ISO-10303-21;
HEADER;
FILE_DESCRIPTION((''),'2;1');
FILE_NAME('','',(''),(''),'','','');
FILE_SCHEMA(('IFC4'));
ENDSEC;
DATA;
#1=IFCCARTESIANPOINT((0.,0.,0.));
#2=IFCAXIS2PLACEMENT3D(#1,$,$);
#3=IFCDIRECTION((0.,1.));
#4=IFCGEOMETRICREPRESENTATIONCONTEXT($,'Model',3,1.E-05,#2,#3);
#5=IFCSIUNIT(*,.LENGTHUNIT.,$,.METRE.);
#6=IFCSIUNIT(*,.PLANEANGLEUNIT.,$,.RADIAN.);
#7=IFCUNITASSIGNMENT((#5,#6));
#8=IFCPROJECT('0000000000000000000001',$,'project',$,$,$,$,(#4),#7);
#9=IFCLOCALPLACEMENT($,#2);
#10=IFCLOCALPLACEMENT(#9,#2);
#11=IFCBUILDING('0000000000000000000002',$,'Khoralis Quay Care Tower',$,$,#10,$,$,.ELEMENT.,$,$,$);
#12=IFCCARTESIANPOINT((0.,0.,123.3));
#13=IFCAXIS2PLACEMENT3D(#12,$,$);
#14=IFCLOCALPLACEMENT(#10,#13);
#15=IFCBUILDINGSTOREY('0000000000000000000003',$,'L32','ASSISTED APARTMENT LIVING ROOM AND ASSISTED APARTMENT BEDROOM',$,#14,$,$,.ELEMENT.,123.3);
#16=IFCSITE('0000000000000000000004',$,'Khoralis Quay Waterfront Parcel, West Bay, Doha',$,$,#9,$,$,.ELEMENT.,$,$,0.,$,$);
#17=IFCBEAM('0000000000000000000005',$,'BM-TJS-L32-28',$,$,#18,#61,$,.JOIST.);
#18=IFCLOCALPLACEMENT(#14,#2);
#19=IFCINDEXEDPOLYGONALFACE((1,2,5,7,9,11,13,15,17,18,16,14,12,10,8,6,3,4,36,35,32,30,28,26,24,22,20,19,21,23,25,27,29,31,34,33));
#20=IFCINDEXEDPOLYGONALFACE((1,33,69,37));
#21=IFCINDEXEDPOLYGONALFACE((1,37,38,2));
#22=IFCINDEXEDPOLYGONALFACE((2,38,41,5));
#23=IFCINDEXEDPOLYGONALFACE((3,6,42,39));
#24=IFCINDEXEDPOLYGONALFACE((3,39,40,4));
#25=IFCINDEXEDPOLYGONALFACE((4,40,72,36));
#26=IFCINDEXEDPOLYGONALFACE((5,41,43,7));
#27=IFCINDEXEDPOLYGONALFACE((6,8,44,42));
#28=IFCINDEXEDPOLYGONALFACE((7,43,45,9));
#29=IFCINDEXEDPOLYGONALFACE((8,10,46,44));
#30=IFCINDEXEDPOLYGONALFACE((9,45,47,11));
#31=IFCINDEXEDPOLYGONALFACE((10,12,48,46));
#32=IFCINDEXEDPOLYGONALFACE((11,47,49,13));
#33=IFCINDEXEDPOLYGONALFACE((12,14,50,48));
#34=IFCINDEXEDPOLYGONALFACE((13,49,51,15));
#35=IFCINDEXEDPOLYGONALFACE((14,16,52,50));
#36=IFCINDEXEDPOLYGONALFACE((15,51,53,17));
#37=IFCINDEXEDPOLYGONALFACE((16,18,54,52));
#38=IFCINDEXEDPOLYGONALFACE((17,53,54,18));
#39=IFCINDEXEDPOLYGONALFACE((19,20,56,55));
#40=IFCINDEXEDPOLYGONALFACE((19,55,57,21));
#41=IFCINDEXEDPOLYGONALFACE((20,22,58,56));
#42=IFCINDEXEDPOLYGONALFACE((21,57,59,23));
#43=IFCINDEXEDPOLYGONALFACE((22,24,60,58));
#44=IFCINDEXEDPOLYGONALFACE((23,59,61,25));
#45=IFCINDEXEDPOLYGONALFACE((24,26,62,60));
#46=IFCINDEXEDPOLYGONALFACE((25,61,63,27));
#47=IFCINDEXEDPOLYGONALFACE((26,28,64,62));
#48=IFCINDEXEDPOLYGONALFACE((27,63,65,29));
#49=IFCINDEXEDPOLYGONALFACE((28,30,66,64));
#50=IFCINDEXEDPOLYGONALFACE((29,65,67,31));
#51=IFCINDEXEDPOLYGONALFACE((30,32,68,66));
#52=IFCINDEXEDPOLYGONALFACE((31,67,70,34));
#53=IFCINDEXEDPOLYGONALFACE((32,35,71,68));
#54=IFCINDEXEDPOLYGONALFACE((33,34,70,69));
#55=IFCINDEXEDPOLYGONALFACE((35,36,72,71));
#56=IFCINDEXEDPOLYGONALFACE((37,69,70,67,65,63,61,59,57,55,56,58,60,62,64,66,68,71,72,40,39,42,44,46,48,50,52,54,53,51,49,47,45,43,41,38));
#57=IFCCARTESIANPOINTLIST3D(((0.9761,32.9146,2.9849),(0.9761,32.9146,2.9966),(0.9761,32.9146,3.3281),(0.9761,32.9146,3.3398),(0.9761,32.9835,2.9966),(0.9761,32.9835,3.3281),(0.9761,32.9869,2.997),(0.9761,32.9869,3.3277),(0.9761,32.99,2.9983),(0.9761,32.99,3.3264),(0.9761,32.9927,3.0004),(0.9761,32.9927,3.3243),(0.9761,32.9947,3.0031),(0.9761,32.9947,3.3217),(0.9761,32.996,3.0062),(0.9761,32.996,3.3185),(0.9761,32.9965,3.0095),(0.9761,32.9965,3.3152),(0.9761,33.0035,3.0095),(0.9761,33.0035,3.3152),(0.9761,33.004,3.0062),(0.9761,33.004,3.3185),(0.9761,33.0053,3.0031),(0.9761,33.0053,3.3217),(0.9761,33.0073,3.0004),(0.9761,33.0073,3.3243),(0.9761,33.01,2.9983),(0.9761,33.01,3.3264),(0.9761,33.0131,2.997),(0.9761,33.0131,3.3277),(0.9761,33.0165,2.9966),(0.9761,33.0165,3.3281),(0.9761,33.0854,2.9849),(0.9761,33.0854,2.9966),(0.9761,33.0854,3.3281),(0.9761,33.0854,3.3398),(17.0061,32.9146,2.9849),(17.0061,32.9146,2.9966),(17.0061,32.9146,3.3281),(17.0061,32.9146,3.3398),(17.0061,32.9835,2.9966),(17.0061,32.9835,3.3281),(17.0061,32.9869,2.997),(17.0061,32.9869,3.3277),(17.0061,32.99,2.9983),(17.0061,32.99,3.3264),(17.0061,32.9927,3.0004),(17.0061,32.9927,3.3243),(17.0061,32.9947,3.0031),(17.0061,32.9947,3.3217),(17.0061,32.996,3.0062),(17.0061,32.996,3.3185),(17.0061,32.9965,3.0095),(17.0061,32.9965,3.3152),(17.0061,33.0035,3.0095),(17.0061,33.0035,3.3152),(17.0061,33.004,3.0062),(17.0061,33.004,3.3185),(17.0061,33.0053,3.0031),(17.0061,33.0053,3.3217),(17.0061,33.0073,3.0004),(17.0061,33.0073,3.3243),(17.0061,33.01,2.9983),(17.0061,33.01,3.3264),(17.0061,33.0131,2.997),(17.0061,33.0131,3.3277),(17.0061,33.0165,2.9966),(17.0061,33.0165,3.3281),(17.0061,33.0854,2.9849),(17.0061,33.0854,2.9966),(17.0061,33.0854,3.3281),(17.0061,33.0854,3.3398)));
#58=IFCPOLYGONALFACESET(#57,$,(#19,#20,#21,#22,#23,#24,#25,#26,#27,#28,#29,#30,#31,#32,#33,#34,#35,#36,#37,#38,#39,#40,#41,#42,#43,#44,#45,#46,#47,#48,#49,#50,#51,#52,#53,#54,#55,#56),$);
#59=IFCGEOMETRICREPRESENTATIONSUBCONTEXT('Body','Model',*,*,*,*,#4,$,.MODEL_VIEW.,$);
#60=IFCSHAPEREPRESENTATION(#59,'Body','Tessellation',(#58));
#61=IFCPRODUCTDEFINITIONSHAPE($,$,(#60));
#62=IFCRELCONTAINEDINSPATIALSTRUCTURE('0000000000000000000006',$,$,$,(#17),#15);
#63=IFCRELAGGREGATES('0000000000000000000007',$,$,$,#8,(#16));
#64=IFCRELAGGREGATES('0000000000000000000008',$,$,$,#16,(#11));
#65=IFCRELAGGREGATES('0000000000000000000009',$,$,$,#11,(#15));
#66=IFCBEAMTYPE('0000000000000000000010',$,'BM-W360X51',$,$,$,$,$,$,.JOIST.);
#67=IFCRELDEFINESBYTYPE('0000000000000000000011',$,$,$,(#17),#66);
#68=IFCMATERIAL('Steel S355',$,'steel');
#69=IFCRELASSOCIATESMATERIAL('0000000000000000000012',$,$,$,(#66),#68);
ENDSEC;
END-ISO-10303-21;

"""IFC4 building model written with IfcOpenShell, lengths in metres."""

from ifc_helpers import new_model, si_unit, direction, frame, origin, origin_2d, place, context, subcontext, project, spatial, i_section, extrude, source, transform, mapped, material, material_profile, profile_set, type_object, element, save


model = new_model("IFC4")

# Units and contexts
model_context = context("Model", 3, precision=1e-05, world=origin(), true_north=direction((0.0, 1.0)))
body_context = subcontext(model_context, "Body", "Model", "MODEL_VIEW")
ifc_project = project(units=[si_unit("LENGTHUNIT", "METRE"), si_unit("PLANEANGLEUNIT", "RADIAN")], contexts=[model_context])

# Site, building, storey
site_placement = place(None, origin())
site = spatial("IfcSite", under=ifc_project, at=site_placement, Name="Khoralis Quay Waterfront Parcel, West Bay, Doha", CompositionType="ELEMENT", RefElevation=0.0)
building_placement = place(site_placement, origin())
building = spatial("IfcBuilding", under=site, at=building_placement, Name="Khoralis Quay Care Tower", CompositionType="ELEMENT")
storey_placement = place(building_placement, frame((0.0, 0.0, 123.3)))
storey = spatial("IfcBuildingStorey", under=building, at=storey_placement, Name="L32", Description="ASSISTED APARTMENT LIVING ROOM AND ASSISTED APARTMENT BEDROOM", CompositionType="ELEMENT", Elevation=123.3)

# Beam
ifc_material_1 = material(Name="Steel S355", Category="steel")
ifc_material_profile_1 = material_profile(ifc_material_1, i_section(OverallWidth=0.1709, OverallDepth=0.355, WebThickness=0.0071, FlangeThickness=0.0117, FilletRadius=0.0129, at=origin_2d()), Name="Steel S355")
ifc_profile_set_1 = profile_set([ifc_material_profile_1], Name="Steel S355")
beam_type_1 = type_object("IfcBeamType", Name="BM-W360X51", PredefinedType="JOIST", material=ifc_profile_set_1)
shared_shape_1 = source(origin(), body_context, "Body", "SweptSolid", [
    extrude(i_section(OverallWidth=0.1709, OverallDepth=0.355, WebThickness=0.0071, FlangeThickness=0.0117, FilletRadius=0.0129, at=origin_2d()), origin(), (0.0, 0.0, 1.0), 16.03),
])
beam_1_placement = place(storey_placement, frame((0.9761, 33.0, 3.1624), z_axis=(1.0, 0.0, 0.0), x_axis=(0.0, 1.0, 0.0)))
element("IfcBeam", 1, at=beam_1_placement, inside=storey, type_object=beam_type_1, Name="BM-TJS-L32-28", PredefinedType="JOIST", context=body_context, shape_type="MappedRepresentation", body=[
    mapped(shared_shape_1, transform((0.0, 0.0, 0.0), scale=1.0)),
])

save(model, "model.ifc")
